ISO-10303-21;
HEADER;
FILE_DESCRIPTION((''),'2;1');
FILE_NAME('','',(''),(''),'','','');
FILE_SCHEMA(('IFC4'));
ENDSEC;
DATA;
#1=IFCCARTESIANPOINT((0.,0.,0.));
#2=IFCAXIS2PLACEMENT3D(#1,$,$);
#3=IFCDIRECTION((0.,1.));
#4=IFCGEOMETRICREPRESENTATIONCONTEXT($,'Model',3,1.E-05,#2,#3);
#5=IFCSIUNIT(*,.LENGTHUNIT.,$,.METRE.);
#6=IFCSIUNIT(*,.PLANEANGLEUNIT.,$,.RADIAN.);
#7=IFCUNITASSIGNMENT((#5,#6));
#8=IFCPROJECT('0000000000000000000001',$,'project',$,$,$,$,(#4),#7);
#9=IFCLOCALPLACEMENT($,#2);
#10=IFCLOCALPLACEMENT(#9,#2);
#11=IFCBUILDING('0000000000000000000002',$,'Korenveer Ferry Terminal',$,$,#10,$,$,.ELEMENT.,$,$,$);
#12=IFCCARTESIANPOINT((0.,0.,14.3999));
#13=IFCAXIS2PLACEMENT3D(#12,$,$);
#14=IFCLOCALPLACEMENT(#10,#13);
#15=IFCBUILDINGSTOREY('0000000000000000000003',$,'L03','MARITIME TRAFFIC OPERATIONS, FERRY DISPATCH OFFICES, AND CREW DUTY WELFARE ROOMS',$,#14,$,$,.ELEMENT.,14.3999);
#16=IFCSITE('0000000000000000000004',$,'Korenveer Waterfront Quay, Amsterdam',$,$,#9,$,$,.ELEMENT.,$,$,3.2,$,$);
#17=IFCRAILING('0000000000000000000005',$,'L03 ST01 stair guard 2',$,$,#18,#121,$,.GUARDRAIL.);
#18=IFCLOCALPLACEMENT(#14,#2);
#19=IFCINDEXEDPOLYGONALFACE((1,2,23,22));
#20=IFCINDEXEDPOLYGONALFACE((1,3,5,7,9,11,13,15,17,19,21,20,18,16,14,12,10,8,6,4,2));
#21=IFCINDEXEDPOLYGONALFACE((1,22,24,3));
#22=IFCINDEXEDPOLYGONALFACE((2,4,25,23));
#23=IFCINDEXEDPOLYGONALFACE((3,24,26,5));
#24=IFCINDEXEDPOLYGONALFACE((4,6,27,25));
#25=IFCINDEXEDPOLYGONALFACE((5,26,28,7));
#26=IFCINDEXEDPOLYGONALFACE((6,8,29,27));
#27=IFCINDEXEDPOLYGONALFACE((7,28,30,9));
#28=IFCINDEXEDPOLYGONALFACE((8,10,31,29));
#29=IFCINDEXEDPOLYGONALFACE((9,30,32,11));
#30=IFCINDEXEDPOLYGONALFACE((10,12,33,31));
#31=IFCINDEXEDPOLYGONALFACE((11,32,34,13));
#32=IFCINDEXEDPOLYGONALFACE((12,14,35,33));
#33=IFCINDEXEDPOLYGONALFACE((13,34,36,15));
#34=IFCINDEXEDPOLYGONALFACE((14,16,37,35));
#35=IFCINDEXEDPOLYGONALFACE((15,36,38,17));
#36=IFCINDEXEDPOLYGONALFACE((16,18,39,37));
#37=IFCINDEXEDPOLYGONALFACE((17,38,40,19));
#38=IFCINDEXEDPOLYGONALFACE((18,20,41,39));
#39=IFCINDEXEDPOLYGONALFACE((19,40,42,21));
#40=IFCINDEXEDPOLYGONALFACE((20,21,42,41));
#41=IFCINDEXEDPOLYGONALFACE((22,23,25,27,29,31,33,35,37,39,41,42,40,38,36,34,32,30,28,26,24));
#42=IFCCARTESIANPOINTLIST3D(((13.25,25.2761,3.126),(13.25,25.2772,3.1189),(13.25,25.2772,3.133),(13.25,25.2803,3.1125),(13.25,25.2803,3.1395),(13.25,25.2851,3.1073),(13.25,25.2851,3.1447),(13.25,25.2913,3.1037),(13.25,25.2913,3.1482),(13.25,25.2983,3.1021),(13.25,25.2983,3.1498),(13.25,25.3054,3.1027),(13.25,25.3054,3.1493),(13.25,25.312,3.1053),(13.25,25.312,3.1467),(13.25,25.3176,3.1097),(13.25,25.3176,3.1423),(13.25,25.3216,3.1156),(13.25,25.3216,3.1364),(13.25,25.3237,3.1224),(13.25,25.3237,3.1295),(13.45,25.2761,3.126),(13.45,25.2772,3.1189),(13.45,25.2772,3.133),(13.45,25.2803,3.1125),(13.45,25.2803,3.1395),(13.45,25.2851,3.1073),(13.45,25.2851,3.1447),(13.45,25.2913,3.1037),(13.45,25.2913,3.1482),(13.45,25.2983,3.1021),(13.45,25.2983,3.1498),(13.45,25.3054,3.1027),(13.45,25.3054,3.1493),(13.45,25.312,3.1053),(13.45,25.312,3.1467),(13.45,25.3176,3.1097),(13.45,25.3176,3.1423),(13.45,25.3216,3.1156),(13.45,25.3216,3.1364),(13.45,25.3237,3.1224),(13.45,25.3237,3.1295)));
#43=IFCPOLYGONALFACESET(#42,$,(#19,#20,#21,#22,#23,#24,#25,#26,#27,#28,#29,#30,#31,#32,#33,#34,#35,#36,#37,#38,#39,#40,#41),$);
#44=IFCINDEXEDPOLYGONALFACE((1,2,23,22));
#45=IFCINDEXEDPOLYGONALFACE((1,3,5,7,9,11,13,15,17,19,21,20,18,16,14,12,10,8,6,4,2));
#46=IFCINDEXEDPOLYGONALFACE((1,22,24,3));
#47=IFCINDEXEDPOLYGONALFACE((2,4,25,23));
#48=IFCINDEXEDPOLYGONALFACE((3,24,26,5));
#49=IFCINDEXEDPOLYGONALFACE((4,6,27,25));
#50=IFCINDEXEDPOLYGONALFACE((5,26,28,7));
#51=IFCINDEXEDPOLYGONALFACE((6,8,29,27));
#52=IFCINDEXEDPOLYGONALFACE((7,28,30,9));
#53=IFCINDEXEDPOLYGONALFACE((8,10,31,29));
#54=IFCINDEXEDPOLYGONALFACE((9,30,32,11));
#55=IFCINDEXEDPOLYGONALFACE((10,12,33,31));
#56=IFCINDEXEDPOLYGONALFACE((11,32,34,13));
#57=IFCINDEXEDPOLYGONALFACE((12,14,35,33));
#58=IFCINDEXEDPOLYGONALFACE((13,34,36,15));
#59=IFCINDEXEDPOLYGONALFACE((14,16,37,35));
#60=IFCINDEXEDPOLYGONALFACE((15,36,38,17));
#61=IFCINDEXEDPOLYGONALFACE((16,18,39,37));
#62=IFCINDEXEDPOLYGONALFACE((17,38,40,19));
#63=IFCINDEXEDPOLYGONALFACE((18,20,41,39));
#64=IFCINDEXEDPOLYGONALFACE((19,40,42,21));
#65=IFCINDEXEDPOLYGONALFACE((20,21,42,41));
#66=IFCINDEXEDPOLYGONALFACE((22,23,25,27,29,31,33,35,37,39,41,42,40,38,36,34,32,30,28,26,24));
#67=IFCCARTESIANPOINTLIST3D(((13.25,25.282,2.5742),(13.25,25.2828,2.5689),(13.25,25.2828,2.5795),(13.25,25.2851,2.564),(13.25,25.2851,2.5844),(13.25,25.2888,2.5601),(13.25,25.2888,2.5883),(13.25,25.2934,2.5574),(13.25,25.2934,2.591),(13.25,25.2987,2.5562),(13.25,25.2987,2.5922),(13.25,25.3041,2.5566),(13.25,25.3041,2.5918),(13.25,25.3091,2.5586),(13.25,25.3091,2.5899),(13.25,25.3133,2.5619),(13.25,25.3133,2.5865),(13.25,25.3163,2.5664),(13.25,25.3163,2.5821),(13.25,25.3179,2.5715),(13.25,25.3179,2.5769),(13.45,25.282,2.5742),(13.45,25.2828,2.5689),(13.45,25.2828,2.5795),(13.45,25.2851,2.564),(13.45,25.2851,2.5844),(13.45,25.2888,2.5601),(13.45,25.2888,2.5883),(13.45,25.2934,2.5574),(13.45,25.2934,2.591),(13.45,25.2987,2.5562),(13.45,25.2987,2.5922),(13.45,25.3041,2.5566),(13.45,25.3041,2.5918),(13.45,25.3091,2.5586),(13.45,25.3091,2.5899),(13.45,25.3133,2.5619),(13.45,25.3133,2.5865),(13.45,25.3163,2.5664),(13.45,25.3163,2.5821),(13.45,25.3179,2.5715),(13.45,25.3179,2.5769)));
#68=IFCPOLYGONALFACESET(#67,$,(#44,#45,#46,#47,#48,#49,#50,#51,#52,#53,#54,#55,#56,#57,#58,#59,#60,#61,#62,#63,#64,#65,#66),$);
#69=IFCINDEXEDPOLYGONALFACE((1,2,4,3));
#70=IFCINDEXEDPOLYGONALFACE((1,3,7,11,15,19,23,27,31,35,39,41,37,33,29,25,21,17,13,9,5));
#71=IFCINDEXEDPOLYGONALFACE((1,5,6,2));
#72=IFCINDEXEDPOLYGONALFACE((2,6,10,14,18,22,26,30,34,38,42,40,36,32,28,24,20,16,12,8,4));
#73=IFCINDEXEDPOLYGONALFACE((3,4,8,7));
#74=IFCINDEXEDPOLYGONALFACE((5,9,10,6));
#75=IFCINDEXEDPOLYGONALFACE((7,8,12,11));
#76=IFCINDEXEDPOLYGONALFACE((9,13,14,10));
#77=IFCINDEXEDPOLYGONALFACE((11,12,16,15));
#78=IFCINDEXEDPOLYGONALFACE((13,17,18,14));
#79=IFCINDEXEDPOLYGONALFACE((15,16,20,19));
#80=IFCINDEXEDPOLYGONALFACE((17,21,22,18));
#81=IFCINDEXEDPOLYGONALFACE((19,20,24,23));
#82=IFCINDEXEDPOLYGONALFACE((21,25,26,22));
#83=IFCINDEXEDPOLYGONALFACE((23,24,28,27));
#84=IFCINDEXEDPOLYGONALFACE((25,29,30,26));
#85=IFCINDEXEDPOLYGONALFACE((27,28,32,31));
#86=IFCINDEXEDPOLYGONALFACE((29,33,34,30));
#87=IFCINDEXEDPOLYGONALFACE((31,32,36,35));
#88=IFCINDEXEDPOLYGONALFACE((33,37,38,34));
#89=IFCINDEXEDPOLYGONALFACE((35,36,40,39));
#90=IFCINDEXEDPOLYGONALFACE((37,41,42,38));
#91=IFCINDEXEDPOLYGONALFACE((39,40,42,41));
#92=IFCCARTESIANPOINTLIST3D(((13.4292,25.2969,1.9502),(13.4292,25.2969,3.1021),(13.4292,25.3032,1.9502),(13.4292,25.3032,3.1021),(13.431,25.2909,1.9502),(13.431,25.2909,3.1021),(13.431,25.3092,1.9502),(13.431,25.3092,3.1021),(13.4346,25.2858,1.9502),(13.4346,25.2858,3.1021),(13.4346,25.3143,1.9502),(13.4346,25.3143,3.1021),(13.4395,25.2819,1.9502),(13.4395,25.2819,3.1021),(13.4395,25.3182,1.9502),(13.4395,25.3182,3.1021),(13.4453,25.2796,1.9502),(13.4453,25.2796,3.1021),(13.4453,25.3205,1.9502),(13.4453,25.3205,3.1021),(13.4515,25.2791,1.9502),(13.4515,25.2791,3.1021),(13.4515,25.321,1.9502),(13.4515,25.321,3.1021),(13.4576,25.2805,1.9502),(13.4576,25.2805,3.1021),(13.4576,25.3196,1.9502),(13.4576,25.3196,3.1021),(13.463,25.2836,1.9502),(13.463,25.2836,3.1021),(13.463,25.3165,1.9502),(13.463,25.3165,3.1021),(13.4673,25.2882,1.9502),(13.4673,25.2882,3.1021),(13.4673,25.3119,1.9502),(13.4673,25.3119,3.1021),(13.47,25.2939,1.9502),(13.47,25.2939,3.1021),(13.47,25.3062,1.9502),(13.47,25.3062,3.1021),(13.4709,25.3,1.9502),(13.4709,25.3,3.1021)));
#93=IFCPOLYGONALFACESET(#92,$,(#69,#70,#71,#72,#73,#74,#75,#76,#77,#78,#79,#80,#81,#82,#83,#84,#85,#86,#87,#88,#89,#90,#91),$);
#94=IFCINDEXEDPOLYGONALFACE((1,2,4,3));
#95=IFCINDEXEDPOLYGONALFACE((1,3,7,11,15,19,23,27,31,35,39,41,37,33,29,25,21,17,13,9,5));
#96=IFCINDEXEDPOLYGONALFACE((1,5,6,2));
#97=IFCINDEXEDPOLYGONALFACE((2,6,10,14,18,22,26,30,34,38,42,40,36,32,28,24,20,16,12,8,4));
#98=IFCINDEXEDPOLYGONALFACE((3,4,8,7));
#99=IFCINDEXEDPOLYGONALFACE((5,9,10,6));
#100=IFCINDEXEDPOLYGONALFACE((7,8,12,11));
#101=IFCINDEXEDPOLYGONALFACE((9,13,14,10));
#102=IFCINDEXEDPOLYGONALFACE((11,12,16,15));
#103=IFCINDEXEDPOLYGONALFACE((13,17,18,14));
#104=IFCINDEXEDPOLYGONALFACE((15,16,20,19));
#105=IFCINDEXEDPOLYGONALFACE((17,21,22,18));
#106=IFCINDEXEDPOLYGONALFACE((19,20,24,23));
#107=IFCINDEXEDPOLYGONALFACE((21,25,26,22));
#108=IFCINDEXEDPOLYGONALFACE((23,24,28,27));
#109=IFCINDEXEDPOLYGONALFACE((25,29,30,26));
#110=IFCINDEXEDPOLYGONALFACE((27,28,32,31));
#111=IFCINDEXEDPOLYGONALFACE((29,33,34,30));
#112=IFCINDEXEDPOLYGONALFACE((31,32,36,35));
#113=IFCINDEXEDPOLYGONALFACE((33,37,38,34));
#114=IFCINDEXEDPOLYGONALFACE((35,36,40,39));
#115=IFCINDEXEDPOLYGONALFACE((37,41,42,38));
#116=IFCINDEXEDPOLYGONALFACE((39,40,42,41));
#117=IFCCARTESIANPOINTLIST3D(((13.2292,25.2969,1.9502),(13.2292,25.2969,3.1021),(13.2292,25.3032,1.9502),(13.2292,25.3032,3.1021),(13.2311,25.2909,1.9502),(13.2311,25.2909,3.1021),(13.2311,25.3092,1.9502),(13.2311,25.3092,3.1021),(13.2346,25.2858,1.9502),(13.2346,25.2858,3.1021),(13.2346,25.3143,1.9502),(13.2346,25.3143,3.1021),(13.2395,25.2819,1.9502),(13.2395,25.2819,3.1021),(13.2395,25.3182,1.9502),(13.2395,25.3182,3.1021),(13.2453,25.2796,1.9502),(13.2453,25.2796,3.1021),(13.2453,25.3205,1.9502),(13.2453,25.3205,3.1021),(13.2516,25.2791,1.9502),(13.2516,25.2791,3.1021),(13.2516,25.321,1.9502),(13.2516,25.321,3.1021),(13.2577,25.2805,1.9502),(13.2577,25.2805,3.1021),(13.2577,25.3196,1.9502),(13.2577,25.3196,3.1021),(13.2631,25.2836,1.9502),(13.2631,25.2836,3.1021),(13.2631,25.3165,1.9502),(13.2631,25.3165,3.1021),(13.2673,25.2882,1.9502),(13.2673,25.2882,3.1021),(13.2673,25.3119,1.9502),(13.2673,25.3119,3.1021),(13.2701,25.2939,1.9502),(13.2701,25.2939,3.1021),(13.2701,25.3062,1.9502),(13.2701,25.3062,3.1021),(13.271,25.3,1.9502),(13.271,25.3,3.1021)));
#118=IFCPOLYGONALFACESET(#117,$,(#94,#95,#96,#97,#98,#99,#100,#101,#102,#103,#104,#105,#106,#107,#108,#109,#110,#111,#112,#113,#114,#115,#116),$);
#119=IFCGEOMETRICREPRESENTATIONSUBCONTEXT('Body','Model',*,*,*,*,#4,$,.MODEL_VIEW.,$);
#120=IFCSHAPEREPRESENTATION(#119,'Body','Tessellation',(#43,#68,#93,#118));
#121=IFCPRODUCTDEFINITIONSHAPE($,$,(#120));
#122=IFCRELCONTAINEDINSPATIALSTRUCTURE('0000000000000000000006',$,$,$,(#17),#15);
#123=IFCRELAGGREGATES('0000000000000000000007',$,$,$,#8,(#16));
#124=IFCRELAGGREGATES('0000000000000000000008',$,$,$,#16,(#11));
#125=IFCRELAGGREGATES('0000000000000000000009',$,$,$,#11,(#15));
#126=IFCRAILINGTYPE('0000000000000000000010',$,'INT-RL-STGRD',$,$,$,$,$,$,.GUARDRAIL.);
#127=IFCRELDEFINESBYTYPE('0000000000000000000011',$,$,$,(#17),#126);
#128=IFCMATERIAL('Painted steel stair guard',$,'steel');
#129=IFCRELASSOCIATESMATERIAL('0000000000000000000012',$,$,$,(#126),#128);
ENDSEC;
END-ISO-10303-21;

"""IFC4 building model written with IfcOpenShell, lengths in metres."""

from ifc_helpers import new_model, si_unit, direction, frame, origin, origin_2d, place, context, subcontext, project, spatial, circle, extrude, material, type_object, element, save


model = new_model("IFC4")

# Units and contexts
model_context = context("Model", 3, precision=1e-05, world=origin(), true_north=direction((0.0, 1.0)))
body_context = subcontext(model_context, "Body", "Model", "MODEL_VIEW")
ifc_project = project(units=[si_unit("LENGTHUNIT", "METRE"), si_unit("PLANEANGLEUNIT", "RADIAN")], contexts=[model_context])

# Site, building, storey
site_placement = place(None, origin())
site = spatial("IfcSite", under=ifc_project, at=site_placement, Name="Korenveer Waterfront Quay, Amsterdam", CompositionType="ELEMENT", RefElevation=3.2)
building_placement = place(site_placement, origin())
building = spatial("IfcBuilding", under=site, at=building_placement, Name="Korenveer Ferry Terminal", CompositionType="ELEMENT")
storey_placement = place(building_placement, frame((0.0, 0.0, 14.3999)))
storey = spatial("IfcBuildingStorey", under=building, at=storey_placement, Name="L03", Description="MARITIME TRAFFIC OPERATIONS, FERRY DISPATCH OFFICES, AND CREW DUTY WELFARE ROOMS", CompositionType="ELEMENT", Elevation=14.3999)

# Railing
ifc_material_1 = material(Name="Painted steel stair guard", Category="steel")
railing_type_1 = type_object("IfcRailingType", Name="INT-RL-STGRD", PredefinedType="GUARDRAIL", material=ifc_material_1)
railing_1_placement = place(storey_placement, frame((13.45, 25.3, 1.9502)))
element("IfcRailing", 1, at=railing_1_placement, inside=storey, type_object=railing_type_1, Name="L03 ST01 stair guard 2", PredefinedType="GUARDRAIL", context=body_context, shape_type="SweptSolid", body=[
    extrude(circle(Radius=0.0239, at=origin_2d()), frame((0.0, 0.0, 1.1758), z_axis=(-1.0, 0.0, 0.0), x_axis=(0.0, -1.0, 0.0)), (0.0, 0.0, 1.0), 0.2),
    extrude(circle(Radius=0.0181, at=origin_2d()), frame((0.0, 0.0, 0.624), z_axis=(-1.0, 0.0, 0.0), x_axis=(0.0, -1.0, 0.0)), (0.0, 0.0, 1.0), 0.2),
    extrude(circle(Radius=0.021, at=origin_2d()), origin(), (0.0, 0.0, 1.0), 1.1519),
    extrude(circle(Radius=0.021, at=origin_2d()), frame((-0.2, 0.0, 0.0)), (0.0, 0.0, 1.0), 1.1519),
])

save(model, "model.ifc")
